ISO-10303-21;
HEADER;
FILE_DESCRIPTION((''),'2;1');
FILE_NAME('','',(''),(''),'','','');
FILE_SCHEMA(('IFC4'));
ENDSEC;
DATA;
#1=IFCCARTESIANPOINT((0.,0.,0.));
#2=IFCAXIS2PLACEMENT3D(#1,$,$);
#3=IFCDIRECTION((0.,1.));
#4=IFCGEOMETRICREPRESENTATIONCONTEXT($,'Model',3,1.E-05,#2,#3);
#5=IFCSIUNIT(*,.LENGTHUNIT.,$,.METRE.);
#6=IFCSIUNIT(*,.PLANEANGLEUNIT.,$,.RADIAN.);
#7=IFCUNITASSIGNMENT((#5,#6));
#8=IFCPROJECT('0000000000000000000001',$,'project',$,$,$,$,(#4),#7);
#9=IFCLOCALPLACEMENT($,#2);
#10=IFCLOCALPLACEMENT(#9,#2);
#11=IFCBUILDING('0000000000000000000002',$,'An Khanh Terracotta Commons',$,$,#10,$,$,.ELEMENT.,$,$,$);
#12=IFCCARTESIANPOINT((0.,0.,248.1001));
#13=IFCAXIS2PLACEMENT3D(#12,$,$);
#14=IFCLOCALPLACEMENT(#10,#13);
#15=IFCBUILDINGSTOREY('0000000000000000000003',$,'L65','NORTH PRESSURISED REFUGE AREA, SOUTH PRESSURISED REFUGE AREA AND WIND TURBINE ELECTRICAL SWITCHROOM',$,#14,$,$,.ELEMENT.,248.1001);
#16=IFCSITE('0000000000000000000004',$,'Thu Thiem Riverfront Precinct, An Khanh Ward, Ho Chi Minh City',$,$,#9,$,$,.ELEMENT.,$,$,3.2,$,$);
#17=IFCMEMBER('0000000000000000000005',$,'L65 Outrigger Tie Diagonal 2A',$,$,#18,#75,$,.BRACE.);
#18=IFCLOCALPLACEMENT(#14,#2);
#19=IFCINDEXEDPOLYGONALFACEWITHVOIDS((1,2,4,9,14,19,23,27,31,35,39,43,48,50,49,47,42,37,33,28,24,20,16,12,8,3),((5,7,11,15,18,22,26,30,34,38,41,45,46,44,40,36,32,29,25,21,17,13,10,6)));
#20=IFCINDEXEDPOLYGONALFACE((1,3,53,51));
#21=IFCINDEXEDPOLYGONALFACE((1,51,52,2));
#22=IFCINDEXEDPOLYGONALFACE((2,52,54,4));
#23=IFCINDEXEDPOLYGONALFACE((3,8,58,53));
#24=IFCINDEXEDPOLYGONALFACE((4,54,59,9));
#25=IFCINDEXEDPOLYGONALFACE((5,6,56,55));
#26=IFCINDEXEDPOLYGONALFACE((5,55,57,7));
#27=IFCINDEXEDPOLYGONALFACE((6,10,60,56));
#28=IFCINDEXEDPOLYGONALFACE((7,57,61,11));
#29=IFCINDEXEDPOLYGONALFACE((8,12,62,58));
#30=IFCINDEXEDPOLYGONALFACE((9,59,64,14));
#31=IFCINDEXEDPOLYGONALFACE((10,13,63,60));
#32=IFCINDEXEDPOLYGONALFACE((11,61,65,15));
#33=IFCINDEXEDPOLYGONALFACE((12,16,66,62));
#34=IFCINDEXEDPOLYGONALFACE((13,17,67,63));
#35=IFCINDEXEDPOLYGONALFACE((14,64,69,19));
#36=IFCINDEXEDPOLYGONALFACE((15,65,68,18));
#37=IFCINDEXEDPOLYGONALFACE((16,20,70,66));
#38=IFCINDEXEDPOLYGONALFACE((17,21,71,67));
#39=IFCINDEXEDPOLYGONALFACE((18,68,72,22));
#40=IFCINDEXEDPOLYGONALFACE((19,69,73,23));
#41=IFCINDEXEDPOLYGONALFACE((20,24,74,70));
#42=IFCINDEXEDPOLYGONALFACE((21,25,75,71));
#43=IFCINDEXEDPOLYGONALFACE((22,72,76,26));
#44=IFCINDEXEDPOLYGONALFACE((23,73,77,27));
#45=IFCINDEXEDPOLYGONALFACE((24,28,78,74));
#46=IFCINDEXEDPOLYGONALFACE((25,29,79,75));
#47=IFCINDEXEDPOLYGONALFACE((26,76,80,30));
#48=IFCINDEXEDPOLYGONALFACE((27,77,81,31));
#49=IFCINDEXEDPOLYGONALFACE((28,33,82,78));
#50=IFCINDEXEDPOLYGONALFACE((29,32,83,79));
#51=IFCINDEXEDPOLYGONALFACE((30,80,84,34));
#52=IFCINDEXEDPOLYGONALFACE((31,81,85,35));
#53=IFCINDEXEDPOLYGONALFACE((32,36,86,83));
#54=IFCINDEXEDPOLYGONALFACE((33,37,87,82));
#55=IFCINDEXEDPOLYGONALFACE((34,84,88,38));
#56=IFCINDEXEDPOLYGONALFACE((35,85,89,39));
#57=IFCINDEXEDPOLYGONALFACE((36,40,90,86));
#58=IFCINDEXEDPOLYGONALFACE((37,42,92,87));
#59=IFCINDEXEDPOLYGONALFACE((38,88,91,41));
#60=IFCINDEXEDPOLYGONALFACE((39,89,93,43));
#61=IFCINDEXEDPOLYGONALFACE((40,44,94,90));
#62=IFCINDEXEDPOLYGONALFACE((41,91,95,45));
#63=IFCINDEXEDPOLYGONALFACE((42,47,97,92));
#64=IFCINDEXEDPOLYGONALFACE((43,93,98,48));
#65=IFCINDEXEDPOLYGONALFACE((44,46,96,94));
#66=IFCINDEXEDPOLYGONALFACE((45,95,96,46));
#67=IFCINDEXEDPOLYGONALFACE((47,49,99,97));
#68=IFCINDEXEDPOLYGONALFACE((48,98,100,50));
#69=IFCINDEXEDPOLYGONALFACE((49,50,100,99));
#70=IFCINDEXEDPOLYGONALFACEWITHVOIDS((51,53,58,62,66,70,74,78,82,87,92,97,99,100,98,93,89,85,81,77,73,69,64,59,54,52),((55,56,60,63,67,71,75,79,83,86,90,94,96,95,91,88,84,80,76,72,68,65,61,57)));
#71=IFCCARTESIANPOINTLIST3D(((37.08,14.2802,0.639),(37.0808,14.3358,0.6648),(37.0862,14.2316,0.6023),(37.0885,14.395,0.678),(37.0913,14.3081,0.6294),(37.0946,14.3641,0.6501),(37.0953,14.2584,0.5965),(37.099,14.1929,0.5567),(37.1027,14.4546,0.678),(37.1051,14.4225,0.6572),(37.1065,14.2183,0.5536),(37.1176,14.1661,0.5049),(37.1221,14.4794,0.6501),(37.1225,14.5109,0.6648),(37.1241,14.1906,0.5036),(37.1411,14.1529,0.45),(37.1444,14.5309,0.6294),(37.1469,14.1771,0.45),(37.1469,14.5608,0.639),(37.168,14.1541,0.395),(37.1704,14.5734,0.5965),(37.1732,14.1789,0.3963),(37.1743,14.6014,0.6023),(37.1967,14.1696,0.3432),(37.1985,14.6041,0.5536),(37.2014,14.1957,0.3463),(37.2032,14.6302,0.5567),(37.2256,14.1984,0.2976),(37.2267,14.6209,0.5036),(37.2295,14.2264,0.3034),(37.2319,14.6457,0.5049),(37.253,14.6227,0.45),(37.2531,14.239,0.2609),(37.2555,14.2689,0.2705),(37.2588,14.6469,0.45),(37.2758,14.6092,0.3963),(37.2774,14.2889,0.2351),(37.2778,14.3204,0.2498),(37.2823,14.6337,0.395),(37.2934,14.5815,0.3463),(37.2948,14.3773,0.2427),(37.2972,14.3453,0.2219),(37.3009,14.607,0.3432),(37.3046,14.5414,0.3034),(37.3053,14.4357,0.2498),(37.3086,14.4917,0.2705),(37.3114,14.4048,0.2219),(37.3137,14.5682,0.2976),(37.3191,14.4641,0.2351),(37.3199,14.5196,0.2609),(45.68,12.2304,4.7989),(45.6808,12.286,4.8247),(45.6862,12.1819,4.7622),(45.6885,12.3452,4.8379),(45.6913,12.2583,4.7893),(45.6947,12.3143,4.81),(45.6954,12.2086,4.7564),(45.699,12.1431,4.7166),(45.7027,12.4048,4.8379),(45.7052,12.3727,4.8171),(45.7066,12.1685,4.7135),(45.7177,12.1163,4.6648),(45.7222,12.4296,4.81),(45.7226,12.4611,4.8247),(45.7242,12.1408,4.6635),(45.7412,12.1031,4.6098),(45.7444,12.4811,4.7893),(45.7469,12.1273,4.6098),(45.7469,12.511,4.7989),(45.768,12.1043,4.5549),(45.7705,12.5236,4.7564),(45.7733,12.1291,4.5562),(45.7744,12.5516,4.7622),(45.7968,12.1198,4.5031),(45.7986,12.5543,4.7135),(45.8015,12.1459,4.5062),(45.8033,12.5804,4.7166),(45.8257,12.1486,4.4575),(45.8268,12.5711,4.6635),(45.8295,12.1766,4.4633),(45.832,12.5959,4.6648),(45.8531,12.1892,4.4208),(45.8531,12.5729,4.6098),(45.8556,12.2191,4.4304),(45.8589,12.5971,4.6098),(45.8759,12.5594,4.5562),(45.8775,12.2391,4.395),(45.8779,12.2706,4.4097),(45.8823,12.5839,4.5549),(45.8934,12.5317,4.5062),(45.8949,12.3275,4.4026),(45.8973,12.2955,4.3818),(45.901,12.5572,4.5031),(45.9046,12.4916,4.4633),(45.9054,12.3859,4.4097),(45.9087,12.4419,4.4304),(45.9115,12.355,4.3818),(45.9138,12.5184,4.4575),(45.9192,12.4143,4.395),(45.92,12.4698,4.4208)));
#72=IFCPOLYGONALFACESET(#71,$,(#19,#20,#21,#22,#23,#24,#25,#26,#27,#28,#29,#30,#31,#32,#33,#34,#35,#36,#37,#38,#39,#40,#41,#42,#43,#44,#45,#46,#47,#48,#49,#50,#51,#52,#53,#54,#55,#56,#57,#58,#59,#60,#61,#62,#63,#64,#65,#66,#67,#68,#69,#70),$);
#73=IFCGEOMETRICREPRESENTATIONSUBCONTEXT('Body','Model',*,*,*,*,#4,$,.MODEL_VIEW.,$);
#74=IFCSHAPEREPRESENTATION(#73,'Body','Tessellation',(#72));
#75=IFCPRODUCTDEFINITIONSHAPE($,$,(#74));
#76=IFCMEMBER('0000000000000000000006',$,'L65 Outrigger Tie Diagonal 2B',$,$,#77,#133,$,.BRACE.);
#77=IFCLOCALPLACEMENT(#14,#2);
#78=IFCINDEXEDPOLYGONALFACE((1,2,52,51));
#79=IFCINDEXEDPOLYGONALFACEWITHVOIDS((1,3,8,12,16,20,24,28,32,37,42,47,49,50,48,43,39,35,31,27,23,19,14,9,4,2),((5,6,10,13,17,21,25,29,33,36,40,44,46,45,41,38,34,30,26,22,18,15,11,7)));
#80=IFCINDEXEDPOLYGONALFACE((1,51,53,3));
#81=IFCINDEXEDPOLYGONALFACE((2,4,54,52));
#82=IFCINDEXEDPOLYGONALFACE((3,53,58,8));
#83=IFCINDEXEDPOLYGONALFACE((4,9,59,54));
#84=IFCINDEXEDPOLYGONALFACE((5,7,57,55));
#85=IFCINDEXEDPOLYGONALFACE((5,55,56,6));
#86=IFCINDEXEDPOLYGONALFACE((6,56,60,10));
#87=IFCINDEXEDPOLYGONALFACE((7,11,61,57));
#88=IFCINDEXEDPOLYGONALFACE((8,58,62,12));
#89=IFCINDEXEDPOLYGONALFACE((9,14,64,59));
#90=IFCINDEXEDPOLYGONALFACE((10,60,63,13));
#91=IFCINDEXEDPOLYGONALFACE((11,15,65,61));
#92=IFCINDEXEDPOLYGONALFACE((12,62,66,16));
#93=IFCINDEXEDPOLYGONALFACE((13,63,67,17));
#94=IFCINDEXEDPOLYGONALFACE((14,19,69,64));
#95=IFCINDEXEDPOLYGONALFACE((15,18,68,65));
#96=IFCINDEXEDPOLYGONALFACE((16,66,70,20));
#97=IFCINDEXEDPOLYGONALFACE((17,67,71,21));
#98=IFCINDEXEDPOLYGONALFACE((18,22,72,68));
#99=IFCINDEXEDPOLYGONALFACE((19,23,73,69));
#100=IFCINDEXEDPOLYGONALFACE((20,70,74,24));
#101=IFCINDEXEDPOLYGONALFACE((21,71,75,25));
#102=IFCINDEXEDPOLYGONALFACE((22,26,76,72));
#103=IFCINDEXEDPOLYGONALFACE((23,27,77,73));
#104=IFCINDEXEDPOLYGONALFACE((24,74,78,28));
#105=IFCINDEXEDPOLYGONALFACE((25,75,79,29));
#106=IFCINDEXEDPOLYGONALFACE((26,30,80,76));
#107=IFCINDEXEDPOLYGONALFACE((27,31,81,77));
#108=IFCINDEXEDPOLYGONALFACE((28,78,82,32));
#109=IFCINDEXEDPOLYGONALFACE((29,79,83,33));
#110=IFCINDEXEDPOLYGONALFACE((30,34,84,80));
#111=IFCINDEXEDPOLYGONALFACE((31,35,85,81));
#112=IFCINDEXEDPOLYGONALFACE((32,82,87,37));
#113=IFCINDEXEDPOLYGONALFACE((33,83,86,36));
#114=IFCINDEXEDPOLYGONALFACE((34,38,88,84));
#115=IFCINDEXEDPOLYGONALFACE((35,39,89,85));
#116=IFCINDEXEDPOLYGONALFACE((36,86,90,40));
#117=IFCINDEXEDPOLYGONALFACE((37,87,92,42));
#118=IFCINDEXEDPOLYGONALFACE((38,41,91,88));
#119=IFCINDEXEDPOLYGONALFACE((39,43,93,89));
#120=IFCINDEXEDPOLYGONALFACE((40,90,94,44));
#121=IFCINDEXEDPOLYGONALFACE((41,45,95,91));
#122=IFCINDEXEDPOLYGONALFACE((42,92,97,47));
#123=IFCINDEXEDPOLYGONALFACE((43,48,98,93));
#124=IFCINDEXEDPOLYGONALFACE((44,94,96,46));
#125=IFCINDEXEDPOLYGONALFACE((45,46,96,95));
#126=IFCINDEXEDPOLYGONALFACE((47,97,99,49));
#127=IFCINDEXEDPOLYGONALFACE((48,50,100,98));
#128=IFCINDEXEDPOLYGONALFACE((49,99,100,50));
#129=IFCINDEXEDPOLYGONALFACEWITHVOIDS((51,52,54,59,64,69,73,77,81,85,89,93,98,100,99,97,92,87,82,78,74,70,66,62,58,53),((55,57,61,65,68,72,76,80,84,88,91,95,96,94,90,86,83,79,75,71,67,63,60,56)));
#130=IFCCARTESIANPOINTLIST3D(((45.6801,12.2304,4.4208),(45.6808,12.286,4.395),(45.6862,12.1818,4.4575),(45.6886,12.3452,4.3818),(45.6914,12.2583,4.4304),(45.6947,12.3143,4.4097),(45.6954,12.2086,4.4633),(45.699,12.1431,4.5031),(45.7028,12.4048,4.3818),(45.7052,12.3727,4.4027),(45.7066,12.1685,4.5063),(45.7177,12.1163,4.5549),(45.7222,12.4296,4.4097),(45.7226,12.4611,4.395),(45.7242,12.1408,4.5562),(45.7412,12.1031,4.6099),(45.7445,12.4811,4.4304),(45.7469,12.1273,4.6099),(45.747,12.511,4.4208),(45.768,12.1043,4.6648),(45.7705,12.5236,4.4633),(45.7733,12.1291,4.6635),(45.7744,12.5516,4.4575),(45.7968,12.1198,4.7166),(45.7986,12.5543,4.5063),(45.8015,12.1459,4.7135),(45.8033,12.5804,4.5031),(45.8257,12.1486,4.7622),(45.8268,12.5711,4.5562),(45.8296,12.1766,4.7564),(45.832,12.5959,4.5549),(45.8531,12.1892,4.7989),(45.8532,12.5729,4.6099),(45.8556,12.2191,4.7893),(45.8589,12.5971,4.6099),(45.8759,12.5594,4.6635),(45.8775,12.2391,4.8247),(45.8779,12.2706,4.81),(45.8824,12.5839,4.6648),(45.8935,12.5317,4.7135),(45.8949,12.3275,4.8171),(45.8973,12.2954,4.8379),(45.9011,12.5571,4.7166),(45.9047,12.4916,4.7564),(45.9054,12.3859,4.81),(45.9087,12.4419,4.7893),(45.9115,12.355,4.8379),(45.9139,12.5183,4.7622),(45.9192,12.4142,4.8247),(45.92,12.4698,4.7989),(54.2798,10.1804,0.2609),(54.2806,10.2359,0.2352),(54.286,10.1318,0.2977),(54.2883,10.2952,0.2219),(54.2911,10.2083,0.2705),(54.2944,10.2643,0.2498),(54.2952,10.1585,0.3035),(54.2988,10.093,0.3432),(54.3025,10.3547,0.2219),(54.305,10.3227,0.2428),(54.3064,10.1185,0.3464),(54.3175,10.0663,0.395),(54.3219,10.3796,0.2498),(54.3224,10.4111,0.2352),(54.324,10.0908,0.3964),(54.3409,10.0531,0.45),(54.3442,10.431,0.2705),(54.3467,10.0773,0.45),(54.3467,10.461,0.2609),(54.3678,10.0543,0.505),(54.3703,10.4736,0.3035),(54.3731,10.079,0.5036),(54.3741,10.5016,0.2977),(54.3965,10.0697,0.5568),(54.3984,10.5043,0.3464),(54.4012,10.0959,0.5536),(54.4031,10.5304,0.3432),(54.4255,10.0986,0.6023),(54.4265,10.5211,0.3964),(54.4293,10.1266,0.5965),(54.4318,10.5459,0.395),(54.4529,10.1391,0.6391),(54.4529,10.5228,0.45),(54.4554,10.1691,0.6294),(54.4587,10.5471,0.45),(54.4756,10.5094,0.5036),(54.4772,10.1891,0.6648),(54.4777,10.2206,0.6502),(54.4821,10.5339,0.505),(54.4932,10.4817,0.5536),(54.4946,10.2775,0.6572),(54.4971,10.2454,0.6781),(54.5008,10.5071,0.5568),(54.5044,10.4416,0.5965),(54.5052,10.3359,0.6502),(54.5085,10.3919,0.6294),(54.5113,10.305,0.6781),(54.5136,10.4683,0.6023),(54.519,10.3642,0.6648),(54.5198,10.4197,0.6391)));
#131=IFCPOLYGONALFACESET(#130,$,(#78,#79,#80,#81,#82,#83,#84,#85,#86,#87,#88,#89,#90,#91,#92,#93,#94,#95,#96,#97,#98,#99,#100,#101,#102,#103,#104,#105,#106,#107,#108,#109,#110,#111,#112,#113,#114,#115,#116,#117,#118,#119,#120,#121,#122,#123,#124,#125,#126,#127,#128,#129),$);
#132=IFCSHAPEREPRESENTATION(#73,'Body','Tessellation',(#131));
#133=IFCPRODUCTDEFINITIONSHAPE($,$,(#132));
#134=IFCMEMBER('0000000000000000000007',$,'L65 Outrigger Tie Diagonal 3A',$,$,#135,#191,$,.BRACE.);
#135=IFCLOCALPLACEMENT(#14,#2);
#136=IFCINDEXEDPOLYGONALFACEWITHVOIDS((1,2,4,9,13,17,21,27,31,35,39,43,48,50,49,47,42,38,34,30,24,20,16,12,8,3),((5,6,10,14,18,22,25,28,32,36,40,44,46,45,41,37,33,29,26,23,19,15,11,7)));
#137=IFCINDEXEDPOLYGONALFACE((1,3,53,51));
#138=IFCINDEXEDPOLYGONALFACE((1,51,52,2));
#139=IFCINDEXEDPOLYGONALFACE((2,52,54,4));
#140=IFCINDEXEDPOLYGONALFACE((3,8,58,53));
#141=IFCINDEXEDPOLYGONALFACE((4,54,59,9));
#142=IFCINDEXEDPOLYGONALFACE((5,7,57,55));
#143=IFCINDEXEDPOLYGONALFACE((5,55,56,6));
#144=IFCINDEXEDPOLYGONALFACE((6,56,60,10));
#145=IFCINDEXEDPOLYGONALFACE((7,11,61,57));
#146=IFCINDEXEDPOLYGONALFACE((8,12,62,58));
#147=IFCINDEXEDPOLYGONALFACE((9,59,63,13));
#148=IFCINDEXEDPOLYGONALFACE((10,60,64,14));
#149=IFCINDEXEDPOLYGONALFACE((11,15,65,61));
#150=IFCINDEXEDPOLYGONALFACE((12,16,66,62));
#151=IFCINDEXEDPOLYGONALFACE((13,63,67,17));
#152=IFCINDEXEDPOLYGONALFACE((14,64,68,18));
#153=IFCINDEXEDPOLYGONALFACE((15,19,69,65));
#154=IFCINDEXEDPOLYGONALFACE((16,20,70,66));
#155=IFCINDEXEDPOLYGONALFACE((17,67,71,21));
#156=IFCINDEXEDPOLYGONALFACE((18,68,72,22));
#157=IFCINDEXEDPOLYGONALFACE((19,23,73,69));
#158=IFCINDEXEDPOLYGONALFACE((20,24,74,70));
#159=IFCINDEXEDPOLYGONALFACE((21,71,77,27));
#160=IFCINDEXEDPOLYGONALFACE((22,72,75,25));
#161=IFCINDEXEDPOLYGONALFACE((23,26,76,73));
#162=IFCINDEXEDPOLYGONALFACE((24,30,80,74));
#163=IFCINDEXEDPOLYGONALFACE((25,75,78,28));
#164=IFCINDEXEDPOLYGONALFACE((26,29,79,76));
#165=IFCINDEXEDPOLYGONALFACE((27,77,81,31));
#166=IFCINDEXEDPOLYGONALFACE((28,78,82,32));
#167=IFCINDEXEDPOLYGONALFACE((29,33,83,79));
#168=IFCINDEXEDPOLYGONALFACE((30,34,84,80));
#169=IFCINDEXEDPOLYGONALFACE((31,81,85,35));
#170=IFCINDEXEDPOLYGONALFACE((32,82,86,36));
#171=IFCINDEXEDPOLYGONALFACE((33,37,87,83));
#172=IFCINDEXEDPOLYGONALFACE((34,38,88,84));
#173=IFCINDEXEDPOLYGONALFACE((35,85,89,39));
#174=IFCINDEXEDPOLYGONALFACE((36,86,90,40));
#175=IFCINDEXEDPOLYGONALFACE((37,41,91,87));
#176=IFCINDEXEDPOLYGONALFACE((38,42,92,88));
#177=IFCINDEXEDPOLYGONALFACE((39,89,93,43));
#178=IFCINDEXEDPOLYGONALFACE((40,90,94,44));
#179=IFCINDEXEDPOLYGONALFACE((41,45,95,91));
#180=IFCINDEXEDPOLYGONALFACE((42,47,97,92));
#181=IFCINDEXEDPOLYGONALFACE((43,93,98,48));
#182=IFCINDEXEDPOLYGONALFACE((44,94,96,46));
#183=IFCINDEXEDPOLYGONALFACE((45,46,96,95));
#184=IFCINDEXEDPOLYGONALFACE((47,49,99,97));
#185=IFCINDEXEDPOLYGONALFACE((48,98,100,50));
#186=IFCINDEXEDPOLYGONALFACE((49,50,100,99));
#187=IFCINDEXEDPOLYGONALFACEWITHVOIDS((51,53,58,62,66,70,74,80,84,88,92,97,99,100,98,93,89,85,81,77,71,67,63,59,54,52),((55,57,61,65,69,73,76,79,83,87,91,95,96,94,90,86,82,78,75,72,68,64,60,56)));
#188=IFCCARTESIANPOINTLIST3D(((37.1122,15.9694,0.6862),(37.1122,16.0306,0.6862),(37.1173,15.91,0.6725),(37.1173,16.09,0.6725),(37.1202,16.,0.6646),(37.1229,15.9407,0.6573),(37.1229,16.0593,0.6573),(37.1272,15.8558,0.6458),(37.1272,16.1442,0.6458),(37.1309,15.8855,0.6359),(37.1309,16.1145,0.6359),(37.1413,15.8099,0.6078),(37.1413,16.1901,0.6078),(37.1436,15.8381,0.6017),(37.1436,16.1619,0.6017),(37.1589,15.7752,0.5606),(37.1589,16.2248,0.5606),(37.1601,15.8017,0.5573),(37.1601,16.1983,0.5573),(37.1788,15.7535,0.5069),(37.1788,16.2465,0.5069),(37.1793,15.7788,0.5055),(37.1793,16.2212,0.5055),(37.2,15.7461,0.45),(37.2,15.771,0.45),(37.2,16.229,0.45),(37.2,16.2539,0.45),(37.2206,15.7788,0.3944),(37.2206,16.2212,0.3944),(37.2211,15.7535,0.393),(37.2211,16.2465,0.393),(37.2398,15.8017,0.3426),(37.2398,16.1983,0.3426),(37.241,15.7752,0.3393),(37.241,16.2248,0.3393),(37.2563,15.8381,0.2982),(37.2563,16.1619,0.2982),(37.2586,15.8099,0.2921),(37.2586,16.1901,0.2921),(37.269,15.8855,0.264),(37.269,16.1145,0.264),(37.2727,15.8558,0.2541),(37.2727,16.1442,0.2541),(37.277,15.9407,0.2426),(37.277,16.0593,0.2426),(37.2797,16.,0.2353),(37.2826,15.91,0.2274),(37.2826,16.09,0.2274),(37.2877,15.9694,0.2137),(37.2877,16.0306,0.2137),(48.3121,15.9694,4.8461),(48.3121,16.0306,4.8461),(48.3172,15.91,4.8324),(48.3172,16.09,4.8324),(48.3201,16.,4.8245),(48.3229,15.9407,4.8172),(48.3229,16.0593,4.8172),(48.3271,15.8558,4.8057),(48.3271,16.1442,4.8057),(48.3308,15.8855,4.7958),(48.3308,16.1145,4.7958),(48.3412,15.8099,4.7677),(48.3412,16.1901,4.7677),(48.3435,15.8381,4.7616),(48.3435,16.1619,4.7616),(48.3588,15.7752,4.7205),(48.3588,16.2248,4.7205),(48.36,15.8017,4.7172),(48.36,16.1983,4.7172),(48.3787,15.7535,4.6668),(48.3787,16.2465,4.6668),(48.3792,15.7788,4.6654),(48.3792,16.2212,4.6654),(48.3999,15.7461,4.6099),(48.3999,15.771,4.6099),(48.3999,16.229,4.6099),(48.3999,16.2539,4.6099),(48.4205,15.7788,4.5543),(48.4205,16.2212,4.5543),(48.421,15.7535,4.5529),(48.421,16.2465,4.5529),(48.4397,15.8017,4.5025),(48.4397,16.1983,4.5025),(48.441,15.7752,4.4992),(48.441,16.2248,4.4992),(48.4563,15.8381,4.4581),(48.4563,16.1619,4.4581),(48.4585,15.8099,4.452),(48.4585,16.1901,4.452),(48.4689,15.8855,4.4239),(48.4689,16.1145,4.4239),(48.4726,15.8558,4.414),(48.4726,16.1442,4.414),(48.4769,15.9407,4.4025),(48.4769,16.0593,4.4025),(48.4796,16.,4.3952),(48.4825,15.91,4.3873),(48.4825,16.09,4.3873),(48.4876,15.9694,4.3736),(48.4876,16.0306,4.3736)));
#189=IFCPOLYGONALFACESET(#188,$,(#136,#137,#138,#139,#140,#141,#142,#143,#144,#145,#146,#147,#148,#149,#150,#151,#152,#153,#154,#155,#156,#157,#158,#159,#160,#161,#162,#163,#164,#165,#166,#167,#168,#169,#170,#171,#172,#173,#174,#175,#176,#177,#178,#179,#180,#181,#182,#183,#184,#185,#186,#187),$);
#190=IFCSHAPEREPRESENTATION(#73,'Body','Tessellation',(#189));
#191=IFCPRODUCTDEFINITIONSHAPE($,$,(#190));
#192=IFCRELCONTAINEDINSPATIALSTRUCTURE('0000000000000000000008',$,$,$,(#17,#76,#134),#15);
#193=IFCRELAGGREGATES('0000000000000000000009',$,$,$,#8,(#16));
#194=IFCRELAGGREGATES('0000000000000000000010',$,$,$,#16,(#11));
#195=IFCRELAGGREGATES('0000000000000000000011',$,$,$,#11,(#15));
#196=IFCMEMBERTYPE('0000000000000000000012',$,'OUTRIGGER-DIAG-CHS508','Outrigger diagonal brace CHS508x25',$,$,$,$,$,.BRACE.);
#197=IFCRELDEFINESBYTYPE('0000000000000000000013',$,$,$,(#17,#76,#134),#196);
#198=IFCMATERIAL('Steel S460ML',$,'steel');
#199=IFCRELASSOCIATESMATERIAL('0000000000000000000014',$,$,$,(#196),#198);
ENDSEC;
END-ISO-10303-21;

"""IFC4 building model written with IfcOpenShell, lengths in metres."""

from ifc_helpers import new_model, si_unit, direction, frame, origin, origin_2d, place, context, subcontext, project, spatial, hollow_circle, extrude, material, material_profile, profile_set, type_object, element, save


model = new_model("IFC4")

# Units and contexts
model_context = context("Model", 3, precision=1e-05, world=origin(), true_north=direction((0.0, 1.0)))
body_context = subcontext(model_context, "Body", "Model", "MODEL_VIEW")
ifc_project = project(units=[si_unit("LENGTHUNIT", "METRE"), si_unit("PLANEANGLEUNIT", "RADIAN")], contexts=[model_context])

# Site, building, storey
site_placement = place(None, origin())
site = spatial("IfcSite", under=ifc_project, at=site_placement, Name="Thu Thiem Riverfront Precinct, An Khanh Ward, Ho Chi Minh City", CompositionType="ELEMENT", RefElevation=3.2)
building_placement = place(site_placement, origin())
building = spatial("IfcBuilding", under=site, at=building_placement, Name="An Khanh Terracotta Commons", CompositionType="ELEMENT")
storey_placement = place(building_placement, frame((0.0, 0.0, 248.1001)))
storey = spatial("IfcBuildingStorey", under=building, at=storey_placement, Name="L65", Description="NORTH PRESSURISED REFUGE AREA, SOUTH PRESSURISED REFUGE AREA AND WIND TURBINE ELECTRICAL SWITCHROOM", CompositionType="ELEMENT", Elevation=248.1001)

# Shared definitions
ifc_material_1 = material(Name="Steel S460ML", Category="steel")

# Members
ifc_material_profile_1 = material_profile(ifc_material_1, hollow_circle(Radius=0.2539, WallThickness=0.0249, at=origin_2d()), Name="CHS508x25")
ifc_profile_set_1 = profile_set([ifc_material_profile_1], Name="Steel S460ML")
member_type_1 = type_object("IfcMemberType", Name="OUTRIGGER-DIAG-CHS508", Description="Outrigger diagonal brace CHS508x25", PredefinedType="BRACE", material=ifc_profile_set_1)
member_1_placement = place(storey_placement, frame((37.2, 14.3999, 0.45), z_axis=(0.880185, -0.209789, 0.42575), x_axis=(0.231852, 0.972751, 0.0)))
element("IfcMember", 1, at=member_1_placement, inside=storey, type_object=member_type_1, Name="L65 Outrigger Tie Diagonal 2A", PredefinedType="BRACE", context=body_context, shape_type="SweptSolid", body=[
    extrude(hollow_circle(Radius=0.2539, WallThickness=0.0249, at=origin_2d()), origin(), (0.0, 0.0, 1.0), 9.7708),
])
member_2_placement = place(storey_placement, frame((45.8, 12.3501, 4.6099), z_axis=(0.880175, -0.209818, -0.425757), x_axis=(0.231884, 0.972743, 0.0)))
element("IfcMember", 2, at=member_2_placement, inside=storey, type_object=member_type_1, Name="L65 Outrigger Tie Diagonal 2B", PredefinedType="BRACE", context=body_context, shape_type="SweptSolid", body=[
    extrude(hollow_circle(Radius=0.2539, WallThickness=0.0249, at=origin_2d()), origin(), (0.0, 0.0, 1.0), 9.7705),
])
member_3_placement = place(storey_placement, frame((37.2, 16.0, 0.45), z_axis=(0.937427, 0.0, 0.348181), x_axis=(0.0, 1.0, 0.0)))
element("IfcMember", 3, at=member_3_placement, inside=storey, type_object=member_type_1, Name="L65 Outrigger Tie Diagonal 3A", PredefinedType="BRACE", context=body_context, shape_type="SweptSolid", body=[
    extrude(hollow_circle(Radius=0.2539, WallThickness=0.0249, at=origin_2d()), origin(), (0.0, 0.0, 1.0), 11.9475),
])

save(model, "model.ifc")
